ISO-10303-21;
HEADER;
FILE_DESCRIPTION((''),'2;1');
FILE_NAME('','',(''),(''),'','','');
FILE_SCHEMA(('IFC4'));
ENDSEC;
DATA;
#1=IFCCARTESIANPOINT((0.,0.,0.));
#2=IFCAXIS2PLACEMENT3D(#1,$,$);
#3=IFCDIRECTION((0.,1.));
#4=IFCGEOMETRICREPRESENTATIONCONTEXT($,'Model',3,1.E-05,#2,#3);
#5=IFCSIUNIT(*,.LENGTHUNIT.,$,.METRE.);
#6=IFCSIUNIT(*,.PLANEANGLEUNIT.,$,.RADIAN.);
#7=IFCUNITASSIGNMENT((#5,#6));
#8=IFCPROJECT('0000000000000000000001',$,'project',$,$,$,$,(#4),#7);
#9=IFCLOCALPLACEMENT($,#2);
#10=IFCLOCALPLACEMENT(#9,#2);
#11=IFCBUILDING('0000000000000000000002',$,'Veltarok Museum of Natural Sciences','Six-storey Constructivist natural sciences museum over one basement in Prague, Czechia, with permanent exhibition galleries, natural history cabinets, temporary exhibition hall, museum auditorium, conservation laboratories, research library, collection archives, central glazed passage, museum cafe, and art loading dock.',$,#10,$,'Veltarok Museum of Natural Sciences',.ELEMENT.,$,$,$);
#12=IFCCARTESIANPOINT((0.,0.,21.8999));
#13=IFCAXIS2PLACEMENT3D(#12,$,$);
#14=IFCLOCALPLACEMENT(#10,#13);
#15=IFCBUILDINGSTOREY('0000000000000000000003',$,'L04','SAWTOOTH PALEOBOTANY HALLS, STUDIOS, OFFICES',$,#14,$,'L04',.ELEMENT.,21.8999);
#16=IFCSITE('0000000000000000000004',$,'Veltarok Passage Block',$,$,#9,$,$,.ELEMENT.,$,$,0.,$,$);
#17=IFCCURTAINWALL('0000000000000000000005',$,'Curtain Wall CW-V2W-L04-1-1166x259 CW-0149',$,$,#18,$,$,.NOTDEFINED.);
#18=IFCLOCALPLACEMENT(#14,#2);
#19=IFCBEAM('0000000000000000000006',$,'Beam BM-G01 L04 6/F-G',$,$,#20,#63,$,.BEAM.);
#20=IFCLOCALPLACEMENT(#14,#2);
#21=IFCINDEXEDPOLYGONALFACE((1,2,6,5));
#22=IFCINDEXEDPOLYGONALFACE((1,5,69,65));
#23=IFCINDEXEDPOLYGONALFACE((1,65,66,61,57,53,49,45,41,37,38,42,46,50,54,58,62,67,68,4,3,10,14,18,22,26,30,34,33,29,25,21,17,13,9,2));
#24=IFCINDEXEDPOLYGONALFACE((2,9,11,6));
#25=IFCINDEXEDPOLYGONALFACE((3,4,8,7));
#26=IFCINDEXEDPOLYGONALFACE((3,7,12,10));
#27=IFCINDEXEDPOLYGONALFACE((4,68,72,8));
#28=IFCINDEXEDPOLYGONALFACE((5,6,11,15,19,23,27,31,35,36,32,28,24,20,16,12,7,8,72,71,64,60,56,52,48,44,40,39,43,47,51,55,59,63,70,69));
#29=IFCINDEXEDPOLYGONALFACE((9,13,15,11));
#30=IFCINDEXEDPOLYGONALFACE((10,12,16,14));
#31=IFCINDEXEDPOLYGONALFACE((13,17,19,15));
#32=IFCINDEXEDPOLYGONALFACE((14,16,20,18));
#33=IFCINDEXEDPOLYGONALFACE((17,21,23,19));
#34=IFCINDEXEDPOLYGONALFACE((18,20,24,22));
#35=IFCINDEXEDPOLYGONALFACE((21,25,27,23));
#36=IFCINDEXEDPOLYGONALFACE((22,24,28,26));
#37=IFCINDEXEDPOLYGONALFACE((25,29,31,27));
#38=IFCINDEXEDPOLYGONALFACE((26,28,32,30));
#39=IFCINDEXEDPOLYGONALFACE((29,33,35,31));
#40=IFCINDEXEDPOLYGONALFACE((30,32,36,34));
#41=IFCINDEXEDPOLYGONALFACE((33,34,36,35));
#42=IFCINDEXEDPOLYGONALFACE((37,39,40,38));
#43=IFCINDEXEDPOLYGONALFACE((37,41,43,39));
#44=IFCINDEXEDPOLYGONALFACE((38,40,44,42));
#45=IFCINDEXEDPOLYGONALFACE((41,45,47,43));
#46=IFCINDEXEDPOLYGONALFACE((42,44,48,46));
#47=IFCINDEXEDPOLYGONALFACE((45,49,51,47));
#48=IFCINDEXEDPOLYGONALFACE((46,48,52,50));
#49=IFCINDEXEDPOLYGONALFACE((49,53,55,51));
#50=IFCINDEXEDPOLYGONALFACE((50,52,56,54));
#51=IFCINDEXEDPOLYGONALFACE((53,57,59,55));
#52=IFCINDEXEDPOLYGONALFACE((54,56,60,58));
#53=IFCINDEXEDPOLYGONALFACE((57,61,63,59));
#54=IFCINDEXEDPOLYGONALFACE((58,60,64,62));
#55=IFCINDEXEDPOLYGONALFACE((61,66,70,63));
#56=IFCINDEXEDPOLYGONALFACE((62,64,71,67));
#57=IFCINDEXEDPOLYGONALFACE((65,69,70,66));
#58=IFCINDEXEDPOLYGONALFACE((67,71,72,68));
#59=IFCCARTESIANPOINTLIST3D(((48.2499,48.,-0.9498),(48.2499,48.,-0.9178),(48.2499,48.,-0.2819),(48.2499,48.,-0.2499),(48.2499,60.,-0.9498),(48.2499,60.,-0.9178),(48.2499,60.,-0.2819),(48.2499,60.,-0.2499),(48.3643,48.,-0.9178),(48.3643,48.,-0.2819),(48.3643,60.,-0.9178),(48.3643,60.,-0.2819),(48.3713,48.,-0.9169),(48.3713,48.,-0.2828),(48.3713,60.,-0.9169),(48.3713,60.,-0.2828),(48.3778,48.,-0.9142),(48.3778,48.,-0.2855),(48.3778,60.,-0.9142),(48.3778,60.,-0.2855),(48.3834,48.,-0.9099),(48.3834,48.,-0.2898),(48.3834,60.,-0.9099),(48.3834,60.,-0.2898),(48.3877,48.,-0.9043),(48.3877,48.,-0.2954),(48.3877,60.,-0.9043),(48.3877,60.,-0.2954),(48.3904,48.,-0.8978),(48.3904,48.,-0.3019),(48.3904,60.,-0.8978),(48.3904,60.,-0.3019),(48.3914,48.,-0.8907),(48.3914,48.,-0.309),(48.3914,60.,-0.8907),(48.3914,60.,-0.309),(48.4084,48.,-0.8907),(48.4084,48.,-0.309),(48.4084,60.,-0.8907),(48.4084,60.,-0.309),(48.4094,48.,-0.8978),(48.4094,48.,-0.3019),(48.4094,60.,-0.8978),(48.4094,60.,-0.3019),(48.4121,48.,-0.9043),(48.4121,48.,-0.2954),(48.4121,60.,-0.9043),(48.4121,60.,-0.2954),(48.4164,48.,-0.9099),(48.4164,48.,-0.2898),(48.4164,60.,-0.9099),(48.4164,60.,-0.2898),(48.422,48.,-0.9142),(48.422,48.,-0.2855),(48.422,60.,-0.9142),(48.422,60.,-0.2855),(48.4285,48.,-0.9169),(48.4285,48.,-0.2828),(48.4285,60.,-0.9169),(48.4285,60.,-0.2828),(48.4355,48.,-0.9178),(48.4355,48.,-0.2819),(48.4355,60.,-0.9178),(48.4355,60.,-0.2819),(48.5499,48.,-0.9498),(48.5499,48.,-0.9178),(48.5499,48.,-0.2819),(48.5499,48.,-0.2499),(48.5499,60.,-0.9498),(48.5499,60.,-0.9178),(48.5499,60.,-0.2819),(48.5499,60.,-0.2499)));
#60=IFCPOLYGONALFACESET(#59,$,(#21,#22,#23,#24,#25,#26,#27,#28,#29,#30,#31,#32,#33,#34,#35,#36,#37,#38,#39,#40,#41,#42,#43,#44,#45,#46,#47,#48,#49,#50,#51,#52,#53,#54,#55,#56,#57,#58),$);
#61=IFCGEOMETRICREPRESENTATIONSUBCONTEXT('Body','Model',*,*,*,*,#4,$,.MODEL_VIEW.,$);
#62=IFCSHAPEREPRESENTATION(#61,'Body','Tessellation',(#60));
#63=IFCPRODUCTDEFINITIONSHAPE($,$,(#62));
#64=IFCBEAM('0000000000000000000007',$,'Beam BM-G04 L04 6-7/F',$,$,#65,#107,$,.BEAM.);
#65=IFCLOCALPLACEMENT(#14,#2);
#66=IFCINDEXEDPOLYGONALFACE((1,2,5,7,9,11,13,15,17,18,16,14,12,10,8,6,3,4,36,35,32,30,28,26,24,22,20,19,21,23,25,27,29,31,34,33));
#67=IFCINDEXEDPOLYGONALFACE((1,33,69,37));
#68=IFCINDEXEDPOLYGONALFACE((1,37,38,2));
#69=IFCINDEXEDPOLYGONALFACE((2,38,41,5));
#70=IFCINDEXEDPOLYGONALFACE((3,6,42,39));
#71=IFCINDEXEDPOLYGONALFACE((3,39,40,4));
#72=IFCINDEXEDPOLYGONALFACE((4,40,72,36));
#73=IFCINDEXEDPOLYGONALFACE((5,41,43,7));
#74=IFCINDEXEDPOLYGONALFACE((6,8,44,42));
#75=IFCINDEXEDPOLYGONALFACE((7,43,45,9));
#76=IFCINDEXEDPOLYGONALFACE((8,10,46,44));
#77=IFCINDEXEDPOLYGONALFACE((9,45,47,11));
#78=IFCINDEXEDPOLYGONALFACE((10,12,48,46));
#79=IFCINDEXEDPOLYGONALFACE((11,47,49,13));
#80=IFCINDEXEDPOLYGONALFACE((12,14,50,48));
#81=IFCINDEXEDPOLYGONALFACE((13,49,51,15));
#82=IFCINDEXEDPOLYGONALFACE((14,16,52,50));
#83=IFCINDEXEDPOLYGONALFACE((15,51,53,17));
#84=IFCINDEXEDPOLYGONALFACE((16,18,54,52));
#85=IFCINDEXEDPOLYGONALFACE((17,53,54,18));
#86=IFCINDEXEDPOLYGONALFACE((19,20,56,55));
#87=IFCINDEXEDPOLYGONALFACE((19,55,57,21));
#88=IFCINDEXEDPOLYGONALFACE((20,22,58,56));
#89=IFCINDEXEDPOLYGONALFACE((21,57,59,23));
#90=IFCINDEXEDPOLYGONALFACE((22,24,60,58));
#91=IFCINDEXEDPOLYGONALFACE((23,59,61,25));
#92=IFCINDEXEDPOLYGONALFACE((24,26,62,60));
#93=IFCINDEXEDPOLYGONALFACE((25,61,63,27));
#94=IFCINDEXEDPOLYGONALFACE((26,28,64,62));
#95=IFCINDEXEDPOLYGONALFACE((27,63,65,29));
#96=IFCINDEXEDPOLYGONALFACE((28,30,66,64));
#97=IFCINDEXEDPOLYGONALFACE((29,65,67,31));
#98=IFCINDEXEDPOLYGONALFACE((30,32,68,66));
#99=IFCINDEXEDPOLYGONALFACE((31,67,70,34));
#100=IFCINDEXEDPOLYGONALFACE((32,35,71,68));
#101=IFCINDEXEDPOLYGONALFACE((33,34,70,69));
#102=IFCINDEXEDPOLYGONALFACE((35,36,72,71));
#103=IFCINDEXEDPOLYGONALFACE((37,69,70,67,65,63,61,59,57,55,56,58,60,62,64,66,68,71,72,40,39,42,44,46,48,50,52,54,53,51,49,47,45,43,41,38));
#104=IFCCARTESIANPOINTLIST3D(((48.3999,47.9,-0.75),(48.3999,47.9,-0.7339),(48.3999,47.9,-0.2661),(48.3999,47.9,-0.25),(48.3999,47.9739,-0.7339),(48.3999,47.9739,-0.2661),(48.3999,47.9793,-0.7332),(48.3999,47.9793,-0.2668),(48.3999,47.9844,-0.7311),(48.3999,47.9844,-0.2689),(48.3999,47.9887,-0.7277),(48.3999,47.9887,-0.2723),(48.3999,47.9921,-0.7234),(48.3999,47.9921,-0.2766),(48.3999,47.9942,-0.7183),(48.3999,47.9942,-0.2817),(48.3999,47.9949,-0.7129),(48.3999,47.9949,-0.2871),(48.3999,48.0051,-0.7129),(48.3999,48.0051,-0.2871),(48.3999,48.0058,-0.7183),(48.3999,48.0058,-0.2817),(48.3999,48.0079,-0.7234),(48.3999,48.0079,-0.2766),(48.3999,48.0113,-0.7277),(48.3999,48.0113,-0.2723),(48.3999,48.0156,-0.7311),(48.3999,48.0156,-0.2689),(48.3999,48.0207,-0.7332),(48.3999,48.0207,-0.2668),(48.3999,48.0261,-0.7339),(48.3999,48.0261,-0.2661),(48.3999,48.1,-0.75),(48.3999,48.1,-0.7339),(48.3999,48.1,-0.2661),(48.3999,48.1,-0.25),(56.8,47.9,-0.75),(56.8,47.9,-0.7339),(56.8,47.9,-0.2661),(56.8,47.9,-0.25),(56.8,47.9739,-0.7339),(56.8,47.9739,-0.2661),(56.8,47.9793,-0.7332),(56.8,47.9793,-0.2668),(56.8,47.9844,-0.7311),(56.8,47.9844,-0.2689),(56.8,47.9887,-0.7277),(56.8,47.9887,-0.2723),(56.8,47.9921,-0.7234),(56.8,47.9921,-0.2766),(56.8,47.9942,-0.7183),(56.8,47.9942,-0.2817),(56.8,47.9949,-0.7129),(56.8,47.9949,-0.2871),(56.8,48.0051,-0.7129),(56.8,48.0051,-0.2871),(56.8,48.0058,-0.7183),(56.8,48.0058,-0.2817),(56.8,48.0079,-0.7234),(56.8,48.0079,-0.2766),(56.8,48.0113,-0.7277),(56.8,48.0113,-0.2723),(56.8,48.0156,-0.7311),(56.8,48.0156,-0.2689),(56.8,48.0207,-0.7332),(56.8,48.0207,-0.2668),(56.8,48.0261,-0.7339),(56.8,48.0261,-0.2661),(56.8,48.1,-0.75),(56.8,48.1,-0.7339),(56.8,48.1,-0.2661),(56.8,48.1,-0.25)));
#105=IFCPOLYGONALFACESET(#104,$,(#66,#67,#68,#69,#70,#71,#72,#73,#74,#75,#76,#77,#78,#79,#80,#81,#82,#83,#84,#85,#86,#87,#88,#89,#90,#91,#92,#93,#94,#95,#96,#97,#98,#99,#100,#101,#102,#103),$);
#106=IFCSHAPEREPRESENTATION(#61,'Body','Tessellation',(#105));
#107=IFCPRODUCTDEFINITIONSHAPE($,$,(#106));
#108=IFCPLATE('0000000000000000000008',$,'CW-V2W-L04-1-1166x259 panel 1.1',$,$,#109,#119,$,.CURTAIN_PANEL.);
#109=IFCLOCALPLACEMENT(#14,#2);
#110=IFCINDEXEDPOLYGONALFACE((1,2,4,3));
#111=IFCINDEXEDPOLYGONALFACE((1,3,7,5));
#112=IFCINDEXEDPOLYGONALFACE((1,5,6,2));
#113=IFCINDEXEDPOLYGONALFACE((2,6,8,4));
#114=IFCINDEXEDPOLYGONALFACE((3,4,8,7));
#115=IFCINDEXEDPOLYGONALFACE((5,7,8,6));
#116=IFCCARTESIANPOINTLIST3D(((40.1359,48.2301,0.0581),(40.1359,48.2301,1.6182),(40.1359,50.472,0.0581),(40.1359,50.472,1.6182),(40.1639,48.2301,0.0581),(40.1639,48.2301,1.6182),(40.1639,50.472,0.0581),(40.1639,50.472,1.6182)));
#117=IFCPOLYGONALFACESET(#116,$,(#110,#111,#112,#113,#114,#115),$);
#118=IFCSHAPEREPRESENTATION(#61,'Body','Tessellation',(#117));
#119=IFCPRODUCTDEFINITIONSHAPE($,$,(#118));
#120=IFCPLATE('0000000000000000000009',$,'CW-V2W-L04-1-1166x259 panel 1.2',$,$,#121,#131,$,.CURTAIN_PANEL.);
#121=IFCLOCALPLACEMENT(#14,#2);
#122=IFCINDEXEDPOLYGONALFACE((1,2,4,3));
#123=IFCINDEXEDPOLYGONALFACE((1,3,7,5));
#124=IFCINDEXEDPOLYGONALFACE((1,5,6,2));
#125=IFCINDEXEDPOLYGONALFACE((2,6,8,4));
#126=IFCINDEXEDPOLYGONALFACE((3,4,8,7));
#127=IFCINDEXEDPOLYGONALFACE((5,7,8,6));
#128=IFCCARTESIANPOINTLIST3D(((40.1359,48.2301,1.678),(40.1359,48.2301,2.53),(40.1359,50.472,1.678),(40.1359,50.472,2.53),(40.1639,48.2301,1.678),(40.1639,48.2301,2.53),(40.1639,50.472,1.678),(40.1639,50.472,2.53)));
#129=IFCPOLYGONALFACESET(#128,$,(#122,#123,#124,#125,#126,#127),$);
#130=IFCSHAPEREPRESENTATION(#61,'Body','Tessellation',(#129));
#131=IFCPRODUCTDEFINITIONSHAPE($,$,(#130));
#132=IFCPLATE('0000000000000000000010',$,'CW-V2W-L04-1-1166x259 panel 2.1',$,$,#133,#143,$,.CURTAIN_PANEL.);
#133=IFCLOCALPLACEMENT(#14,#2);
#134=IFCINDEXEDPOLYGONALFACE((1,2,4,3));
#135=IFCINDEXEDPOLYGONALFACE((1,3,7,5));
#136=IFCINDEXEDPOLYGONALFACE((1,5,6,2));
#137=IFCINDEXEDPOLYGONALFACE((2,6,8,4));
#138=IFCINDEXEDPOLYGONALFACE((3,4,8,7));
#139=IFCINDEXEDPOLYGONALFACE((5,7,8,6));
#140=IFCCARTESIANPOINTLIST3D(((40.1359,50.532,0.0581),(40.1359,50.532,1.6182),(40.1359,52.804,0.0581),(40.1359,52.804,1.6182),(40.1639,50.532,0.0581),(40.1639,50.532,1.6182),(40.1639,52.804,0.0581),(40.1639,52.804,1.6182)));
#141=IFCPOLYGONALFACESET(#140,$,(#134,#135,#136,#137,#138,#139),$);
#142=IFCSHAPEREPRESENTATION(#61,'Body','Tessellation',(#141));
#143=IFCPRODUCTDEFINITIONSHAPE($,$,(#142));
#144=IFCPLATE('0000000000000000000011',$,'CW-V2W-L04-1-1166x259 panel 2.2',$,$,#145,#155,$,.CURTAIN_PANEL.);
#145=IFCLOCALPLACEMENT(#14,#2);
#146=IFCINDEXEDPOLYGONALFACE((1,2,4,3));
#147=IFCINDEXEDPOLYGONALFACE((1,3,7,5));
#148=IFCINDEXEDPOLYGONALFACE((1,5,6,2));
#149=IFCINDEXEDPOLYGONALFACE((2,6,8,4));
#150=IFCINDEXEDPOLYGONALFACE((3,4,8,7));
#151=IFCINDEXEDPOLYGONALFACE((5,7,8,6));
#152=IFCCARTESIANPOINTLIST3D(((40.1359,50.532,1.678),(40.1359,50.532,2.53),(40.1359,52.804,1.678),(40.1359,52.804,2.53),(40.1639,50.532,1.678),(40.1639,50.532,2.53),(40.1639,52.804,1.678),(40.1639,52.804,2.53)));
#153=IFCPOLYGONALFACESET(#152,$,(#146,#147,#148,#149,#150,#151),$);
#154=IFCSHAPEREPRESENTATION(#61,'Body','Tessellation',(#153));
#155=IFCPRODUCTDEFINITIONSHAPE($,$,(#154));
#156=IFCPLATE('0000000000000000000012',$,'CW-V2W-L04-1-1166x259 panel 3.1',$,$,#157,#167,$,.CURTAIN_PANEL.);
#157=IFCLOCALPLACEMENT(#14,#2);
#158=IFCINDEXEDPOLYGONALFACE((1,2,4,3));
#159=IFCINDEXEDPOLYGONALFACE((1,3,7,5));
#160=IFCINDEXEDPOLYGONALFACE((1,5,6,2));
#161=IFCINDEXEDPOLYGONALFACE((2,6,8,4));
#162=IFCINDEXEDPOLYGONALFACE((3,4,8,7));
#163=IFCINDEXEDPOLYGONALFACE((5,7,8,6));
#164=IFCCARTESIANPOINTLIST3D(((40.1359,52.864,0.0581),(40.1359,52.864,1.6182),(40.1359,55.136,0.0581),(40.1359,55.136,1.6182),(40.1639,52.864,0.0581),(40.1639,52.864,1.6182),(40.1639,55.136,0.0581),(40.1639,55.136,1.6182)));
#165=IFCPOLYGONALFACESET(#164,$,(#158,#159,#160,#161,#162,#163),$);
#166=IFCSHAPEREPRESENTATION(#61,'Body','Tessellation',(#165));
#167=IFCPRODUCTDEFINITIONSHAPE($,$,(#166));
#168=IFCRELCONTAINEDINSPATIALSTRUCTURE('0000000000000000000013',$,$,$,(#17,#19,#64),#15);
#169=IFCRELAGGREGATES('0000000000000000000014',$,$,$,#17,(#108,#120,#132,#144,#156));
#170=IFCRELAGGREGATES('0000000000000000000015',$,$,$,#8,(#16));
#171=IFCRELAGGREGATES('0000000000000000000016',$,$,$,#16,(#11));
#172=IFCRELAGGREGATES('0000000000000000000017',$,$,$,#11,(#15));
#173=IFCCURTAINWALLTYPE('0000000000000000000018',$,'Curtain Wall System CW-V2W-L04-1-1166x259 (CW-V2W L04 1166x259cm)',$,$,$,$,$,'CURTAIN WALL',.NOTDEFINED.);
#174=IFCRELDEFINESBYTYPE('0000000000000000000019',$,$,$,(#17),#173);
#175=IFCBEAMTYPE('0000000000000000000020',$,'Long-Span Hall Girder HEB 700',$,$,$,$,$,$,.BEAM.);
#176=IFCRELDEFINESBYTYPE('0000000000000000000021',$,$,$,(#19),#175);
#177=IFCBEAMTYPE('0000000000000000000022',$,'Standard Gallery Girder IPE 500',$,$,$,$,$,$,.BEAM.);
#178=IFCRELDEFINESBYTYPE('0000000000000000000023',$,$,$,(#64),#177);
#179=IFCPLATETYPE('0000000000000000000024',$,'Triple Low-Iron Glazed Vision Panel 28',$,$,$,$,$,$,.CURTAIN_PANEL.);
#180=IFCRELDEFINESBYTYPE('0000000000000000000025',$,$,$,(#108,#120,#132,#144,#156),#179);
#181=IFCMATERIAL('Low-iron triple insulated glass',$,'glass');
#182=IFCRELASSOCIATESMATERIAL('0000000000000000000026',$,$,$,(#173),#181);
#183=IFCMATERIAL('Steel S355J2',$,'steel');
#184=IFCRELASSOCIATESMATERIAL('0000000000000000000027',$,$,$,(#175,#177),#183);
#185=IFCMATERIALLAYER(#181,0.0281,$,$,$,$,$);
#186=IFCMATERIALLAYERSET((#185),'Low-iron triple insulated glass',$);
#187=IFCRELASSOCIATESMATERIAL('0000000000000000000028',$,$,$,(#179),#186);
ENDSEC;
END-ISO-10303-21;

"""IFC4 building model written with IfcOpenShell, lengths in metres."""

from ifc_helpers import new_model, si_unit, direction, frame, origin, origin_2d, place, context, subcontext, project, spatial, rectangle, i_section, extrude, material, layer, layer_set, material_profile, profile_set, type_object, element, aggregate, save


model = new_model("IFC4")

# Units and contexts
model_context = context("Model", 3, precision=1e-05, world=origin(), true_north=direction((0.0, 1.0)))
body_context = subcontext(model_context, "Body", "Model", "MODEL_VIEW")
ifc_project = project(units=[si_unit("LENGTHUNIT", "METRE"), si_unit("PLANEANGLEUNIT", "RADIAN")], contexts=[model_context])

# Site, building, storey
site_placement = place(None, origin())
site = spatial("IfcSite", under=ifc_project, at=site_placement, Name="Veltarok Passage Block", CompositionType="ELEMENT", RefElevation=0.0)
building_placement = place(site_placement, origin())
building = spatial("IfcBuilding", under=site, at=building_placement, Name="Veltarok Museum of Natural Sciences", Description="Six-storey Constructivist natural sciences museum over one basement in Prague, Czechia, with permanent exhibition galleries, natural history cabinets, temporary exhibition hall, museum auditorium, conservation laboratories, research library, collection archives, central glazed passage, museum cafe, and art loading dock.", LongName="Veltarok Museum of Natural Sciences", CompositionType="ELEMENT")
storey_placement = place(building_placement, frame((0.0, 0.0, 21.8999)))
storey = spatial("IfcBuildingStorey", under=building, at=storey_placement, Name="L04", Description="SAWTOOTH PALEOBOTANY HALLS, STUDIOS, OFFICES", LongName="L04", CompositionType="ELEMENT", Elevation=21.8999)

# Shared definitions
ifc_material_1 = material(Name="Steel S355J2", Category="steel")

# Curtain wall
ifc_material_2 = material(Name="Low-iron triple insulated glass", Category="glass")
curtain_wall_type_1 = type_object("IfcCurtainWallType", Name="Curtain Wall System CW-V2W-L04-1-1166x259 (CW-V2W L04 1166x259cm)", ElementType="CURTAIN WALL", PredefinedType="NOTDEFINED", material=ifc_material_2)
curtain_wall_1_placement = place(storey_placement, origin())
curtain_wall_1 = element("IfcCurtainWall", 1, at=curtain_wall_1_placement, inside=storey, type_object=curtain_wall_type_1, Name="Curtain Wall CW-V2W-L04-1-1166x259 CW-0149", PredefinedType="NOTDEFINED")

# Beams
ifc_material_profile_1 = material_profile(ifc_material_1, i_section(OverallWidth=0.3, OverallDepth=0.7, WebThickness=0.0171, FlangeThickness=0.032, FilletRadius=0.0271, at=origin_2d()), Name="HEB 700")
ifc_profile_set_1 = profile_set([ifc_material_profile_1], Name="Steel S355J2")
beam_type_1 = type_object("IfcBeamType", Name="Long-Span Hall Girder HEB 700", PredefinedType="BEAM", material=ifc_profile_set_1)
beam_1_placement = place(storey_placement, frame((48.3999, 48.0, -0.5999), z_axis=(0.0, 1.0, 0.0), x_axis=(-1.0, 0.0, 0.0)))
element("IfcBeam", 2, at=beam_1_placement, inside=storey, type_object=beam_type_1, Name="Beam BM-G01 L04 6/F-G", PredefinedType="BEAM", context=body_context, shape_type="SweptSolid", body=[
    extrude(i_section(OverallWidth=0.3, OverallDepth=0.7, WebThickness=0.0171, FlangeThickness=0.032, FilletRadius=0.0271, at=origin_2d()), origin(), (0.0, 0.0, 1.0), 12.0),
])
ifc_material_profile_2 = material_profile(ifc_material_1, i_section(OverallWidth=0.2, OverallDepth=0.5, WebThickness=0.0103, FlangeThickness=0.0161, FilletRadius=0.021, at=origin_2d()), Name="IPE 500")
ifc_profile_set_2 = profile_set([ifc_material_profile_2], Name="Steel S355J2")
beam_type_2 = type_object("IfcBeamType", Name="Standard Gallery Girder IPE 500", PredefinedType="BEAM", material=ifc_profile_set_2)
beam_2_placement = place(storey_placement, frame((48.3999, 48.0, -0.5), z_axis=(1.0, 0.0, 0.0), x_axis=(0.0, 1.0, 0.0)))
element("IfcBeam", 3, at=beam_2_placement, inside=storey, type_object=beam_type_2, Name="Beam BM-G04 L04 6-7/F", PredefinedType="BEAM", context=body_context, shape_type="SweptSolid", body=[
    extrude(i_section(OverallWidth=0.2, OverallDepth=0.5, WebThickness=0.0103, FlangeThickness=0.0161, FilletRadius=0.021, at=origin_2d()), origin(), (0.0, 0.0, 1.0), 8.4001),
])

# Plates
ifc_layer = layer(ifc_material_2, 0.0281)
ifc_layer_set = layer_set([ifc_layer], Name="Low-iron triple insulated glass")
plate_type = type_object("IfcPlateType", Name="Triple Low-Iron Glazed Vision Panel 28", PredefinedType="CURTAIN_PANEL", material=ifc_layer_set)
plate_1_placement = place(storey_placement, frame((40.1499, 49.3511, 0.0581), z_axis=(0.0, 0.0, 1.0), x_axis=(0.0, 1.0, 0.0)))
plate_1 = element("IfcPlate", 4, at=plate_1_placement, type_object=plate_type, Name="CW-V2W-L04-1-1166x259 panel 1.1", PredefinedType="CURTAIN_PANEL", context=body_context, shape_type="SweptSolid", body=[
    extrude(rectangle(XDim=2.2419, YDim=0.0281, at=origin_2d()), origin(), (0.0, 0.0, 1.0), 1.5601),
])
plate_2_placement = place(storey_placement, frame((40.1499, 49.3511, 1.678), z_axis=(0.0, 0.0, 1.0), x_axis=(0.0, 1.0, 0.0)))
plate_2 = element("IfcPlate", 5, at=plate_2_placement, type_object=plate_type, Name="CW-V2W-L04-1-1166x259 panel 1.2", PredefinedType="CURTAIN_PANEL", context=body_context, shape_type="SweptSolid", body=[
    extrude(rectangle(XDim=2.2419, YDim=0.0281, at=origin_2d()), origin(), (0.0, 0.0, 1.0), 0.8521),
])
plate_3_placement = place(storey_placement, frame((40.1499, 51.668, 0.0581), z_axis=(0.0, 0.0, 1.0), x_axis=(0.0, 1.0, 0.0)))
plate_3 = element("IfcPlate", 6, at=plate_3_placement, type_object=plate_type, Name="CW-V2W-L04-1-1166x259 panel 2.1", PredefinedType="CURTAIN_PANEL", context=body_context, shape_type="SweptSolid", body=[
    extrude(rectangle(XDim=2.272, YDim=0.0281, at=origin_2d()), origin(), (0.0, 0.0, 1.0), 1.5601),
])
plate_4_placement = place(storey_placement, frame((40.1499, 51.668, 1.678), z_axis=(0.0, 0.0, 1.0), x_axis=(0.0, 1.0, 0.0)))
plate_4 = element("IfcPlate", 7, at=plate_4_placement, type_object=plate_type, Name="CW-V2W-L04-1-1166x259 panel 2.2", PredefinedType="CURTAIN_PANEL", context=body_context, shape_type="SweptSolid", body=[
    extrude(rectangle(XDim=2.272, YDim=0.0281, at=origin_2d()), origin(), (0.0, 0.0, 1.0), 0.8521),
])
plate_5_placement = place(storey_placement, frame((40.1499, 54.0, 0.0581), z_axis=(0.0, 0.0, 1.0), x_axis=(0.0, 1.0, 0.0)))
plate_5 = element("IfcPlate", 8, at=plate_5_placement, type_object=plate_type, Name="CW-V2W-L04-1-1166x259 panel 3.1", PredefinedType="CURTAIN_PANEL", context=body_context, shape_type="SweptSolid", body=[
    extrude(rectangle(XDim=2.272, YDim=0.0281, at=origin_2d()), origin(), (0.0, 0.0, 1.0), 1.5601),
])
aggregate(curtain_wall_1, [plate_1, plate_2, plate_3, plate_4, plate_5])

save(model, "model.ifc")
